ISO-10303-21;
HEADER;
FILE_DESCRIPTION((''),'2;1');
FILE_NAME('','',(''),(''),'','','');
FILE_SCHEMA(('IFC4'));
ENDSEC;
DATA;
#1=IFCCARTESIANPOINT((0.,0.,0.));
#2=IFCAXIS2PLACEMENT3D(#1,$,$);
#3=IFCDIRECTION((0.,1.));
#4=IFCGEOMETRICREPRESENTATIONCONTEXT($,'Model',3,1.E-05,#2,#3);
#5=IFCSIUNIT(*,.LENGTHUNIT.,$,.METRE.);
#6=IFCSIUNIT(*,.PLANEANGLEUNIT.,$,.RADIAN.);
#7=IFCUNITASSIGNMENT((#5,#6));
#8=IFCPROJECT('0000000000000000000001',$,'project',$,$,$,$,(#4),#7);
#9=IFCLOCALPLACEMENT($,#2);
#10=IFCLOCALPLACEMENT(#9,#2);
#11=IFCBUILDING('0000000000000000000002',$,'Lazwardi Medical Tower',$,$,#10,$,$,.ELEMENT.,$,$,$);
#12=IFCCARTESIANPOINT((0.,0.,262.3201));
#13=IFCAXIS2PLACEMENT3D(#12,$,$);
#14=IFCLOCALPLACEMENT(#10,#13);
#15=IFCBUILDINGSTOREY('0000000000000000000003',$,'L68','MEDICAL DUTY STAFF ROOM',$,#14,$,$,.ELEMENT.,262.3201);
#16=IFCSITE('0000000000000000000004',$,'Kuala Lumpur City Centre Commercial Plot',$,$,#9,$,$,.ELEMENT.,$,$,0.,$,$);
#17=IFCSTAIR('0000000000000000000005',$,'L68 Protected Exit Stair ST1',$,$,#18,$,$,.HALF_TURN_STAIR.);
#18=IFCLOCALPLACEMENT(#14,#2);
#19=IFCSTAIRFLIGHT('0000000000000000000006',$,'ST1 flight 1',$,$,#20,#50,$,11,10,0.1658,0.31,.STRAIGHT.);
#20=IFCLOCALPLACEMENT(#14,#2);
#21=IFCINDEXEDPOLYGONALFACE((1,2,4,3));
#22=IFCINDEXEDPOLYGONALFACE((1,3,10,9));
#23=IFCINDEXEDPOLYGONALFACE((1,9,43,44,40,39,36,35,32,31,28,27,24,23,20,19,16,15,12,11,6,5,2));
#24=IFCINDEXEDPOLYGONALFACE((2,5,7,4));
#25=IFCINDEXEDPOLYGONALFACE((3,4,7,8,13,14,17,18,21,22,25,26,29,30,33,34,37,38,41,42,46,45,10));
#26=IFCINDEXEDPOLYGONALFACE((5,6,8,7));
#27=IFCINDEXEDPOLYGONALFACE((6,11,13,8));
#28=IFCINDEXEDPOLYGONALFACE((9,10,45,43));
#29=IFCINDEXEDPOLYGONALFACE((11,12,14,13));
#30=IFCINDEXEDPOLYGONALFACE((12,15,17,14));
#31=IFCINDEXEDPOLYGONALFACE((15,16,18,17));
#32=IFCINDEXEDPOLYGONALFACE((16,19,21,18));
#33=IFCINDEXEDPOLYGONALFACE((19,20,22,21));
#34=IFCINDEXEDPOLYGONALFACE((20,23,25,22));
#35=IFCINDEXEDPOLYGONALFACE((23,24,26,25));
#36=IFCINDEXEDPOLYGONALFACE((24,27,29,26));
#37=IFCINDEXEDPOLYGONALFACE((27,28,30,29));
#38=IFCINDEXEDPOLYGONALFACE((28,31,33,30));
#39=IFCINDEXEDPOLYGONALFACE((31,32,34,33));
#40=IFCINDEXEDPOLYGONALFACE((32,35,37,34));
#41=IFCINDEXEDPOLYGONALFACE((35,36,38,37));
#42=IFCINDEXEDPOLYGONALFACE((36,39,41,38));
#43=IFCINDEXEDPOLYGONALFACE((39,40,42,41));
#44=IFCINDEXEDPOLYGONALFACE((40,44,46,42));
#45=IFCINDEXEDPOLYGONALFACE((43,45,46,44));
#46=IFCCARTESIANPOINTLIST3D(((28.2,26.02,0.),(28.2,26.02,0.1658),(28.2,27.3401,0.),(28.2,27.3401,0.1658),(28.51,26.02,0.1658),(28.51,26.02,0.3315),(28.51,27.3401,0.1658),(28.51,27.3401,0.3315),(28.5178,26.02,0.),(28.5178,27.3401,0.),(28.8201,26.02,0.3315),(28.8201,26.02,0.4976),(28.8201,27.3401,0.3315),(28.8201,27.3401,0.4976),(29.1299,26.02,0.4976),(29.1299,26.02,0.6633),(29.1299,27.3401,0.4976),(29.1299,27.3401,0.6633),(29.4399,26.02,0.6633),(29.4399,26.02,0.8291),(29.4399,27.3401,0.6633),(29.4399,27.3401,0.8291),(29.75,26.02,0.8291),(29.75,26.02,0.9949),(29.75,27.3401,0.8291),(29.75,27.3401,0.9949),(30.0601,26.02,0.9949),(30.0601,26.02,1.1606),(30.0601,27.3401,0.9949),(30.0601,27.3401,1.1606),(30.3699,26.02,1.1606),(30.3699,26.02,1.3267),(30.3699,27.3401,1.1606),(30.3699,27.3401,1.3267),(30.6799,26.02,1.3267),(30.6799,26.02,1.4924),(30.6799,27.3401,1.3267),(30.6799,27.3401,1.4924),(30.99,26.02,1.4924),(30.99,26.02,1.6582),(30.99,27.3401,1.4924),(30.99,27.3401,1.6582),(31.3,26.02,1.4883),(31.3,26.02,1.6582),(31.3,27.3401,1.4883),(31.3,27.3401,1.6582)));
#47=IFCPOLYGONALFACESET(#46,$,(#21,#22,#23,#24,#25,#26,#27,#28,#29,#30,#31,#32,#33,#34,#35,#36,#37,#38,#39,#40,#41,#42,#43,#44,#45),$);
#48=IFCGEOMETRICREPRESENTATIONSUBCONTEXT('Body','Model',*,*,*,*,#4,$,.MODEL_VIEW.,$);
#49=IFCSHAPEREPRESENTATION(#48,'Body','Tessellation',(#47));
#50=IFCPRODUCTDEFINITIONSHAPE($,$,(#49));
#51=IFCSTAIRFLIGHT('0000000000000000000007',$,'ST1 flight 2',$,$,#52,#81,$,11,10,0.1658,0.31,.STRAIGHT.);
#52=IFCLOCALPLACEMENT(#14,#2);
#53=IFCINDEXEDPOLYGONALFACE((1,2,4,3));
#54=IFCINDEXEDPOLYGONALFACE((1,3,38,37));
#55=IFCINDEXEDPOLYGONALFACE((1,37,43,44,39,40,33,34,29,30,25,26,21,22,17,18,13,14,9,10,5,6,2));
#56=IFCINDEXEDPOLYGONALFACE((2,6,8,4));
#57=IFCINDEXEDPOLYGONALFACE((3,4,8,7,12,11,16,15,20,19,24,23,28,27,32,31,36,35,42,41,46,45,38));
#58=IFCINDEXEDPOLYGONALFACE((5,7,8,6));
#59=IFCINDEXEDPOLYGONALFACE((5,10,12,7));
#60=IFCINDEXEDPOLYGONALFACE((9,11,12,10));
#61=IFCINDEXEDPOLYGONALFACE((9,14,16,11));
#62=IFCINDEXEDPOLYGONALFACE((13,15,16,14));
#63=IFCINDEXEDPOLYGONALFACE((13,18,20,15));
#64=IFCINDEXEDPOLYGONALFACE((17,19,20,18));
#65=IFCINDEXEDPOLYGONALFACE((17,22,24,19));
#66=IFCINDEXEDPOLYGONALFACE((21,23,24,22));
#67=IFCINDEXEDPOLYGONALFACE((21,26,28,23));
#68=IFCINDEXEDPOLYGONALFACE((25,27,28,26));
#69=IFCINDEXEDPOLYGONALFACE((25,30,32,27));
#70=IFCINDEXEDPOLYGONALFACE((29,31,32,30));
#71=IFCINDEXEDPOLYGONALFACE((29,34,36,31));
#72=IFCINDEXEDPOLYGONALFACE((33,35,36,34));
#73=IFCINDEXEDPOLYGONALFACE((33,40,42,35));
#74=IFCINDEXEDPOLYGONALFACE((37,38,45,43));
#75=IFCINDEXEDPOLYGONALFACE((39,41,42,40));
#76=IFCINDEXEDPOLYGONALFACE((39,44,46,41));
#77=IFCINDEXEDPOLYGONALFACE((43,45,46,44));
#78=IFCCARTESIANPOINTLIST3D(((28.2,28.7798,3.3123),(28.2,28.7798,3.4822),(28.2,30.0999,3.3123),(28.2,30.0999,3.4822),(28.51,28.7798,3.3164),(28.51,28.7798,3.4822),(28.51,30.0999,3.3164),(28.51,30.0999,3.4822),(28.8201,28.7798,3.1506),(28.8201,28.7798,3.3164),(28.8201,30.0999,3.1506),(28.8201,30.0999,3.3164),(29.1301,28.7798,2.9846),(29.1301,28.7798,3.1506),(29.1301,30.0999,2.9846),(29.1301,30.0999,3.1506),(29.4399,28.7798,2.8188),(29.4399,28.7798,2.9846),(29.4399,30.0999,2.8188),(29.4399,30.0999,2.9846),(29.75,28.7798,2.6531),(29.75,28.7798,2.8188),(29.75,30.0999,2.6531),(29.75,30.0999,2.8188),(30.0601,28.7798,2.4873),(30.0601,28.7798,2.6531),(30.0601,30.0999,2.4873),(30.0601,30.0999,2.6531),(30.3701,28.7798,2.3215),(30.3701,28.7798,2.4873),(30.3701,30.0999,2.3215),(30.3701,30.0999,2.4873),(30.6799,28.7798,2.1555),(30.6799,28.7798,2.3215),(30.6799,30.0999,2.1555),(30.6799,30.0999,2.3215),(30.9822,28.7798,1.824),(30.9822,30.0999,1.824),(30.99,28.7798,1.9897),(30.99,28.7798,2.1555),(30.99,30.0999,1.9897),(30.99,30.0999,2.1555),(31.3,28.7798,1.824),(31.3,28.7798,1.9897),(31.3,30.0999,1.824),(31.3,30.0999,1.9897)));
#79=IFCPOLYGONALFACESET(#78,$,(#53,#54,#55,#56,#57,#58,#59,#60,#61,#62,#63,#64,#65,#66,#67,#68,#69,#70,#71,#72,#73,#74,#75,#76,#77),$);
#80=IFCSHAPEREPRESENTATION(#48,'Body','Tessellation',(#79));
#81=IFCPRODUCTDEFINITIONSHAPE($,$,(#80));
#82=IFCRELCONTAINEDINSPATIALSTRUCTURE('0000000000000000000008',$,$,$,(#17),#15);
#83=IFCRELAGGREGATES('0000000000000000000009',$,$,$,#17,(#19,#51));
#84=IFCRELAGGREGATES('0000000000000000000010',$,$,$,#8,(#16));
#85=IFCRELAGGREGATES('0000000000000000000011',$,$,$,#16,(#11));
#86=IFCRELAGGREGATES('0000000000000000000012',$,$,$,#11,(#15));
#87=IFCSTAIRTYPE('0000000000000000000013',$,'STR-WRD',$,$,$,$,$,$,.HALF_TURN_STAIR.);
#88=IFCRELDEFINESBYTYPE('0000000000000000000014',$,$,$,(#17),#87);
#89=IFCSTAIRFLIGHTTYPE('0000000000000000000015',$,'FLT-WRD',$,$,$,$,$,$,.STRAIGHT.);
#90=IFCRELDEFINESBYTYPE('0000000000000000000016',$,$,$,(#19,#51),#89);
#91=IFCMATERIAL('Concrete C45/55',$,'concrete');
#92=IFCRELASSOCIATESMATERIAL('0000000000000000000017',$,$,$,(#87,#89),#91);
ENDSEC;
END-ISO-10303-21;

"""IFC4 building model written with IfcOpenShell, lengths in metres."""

from ifc_helpers import new_model, si_unit, direction, frame, origin, place, context, subcontext, project, spatial, polyline, outline, extrude, material, type_object, element, aggregate, save


model = new_model("IFC4")

# Units and contexts
model_context = context("Model", 3, precision=1e-05, world=origin(), true_north=direction((0.0, 1.0)))
body_context = subcontext(model_context, "Body", "Model", "MODEL_VIEW")
ifc_project = project(units=[si_unit("LENGTHUNIT", "METRE"), si_unit("PLANEANGLEUNIT", "RADIAN")], contexts=[model_context])

# Site, building, storey
site_placement = place(None, origin())
site = spatial("IfcSite", under=ifc_project, at=site_placement, Name="Kuala Lumpur City Centre Commercial Plot", CompositionType="ELEMENT", RefElevation=0.0)
building_placement = place(site_placement, origin())
building = spatial("IfcBuilding", under=site, at=building_placement, Name="Lazwardi Medical Tower", CompositionType="ELEMENT")
storey_placement = place(building_placement, frame((0.0, 0.0, 262.3201)))
storey = spatial("IfcBuildingStorey", under=building, at=storey_placement, Name="L68", Description="MEDICAL DUTY STAFF ROOM", CompositionType="ELEMENT", Elevation=262.3201)

# Stair, stair flights
ifc_material_1 = material(Name="Concrete C45/55", Category="concrete")
stair_type = type_object("IfcStairType", Name="STR-WRD", PredefinedType="HALF_TURN_STAIR", material=ifc_material_1)
stair_placement = place(storey_placement, origin())
stair = element("IfcStair", 1, at=stair_placement, inside=storey, type_object=stair_type, Name="L68 Protected Exit Stair ST1", PredefinedType="HALF_TURN_STAIR")
stair_flight_type = type_object("IfcStairFlightType", Name="FLT-WRD", PredefinedType="STRAIGHT", material=ifc_material_1)
stair_flight_1_placement = place(storey_placement, frame((28.2, 26.6799, 0.0), z_axis=(0.0, 0.0, 1.0), x_axis=(1.0, 0.0, 0.0)))
stair_flight_1 = element("IfcStairFlight", 2, at=stair_flight_1_placement, type_object=stair_flight_type, Name="ST1 flight 1", NumberOfRisers=11, NumberOfTreads=10, PredefinedType="STRAIGHT", RiserHeight=0.1658, TreadLength=0.31, context=body_context, shape_type="SweptSolid", body=[
    extrude(outline(polyline([(0.0, 0.0), (0.0, 0.1658), (0.3101, 0.1658), (0.3101, 0.3315), (0.6201, 0.3315), (0.6201, 0.4976), (0.9299, 0.4976), (0.9299, 0.6633), (1.24, 0.6633), (1.24, 0.8291), (1.55, 0.8291), (1.55, 0.9949), (1.8601, 0.9949), (1.8601, 1.1606), (2.1699, 1.1606), (2.1699, 1.3267), (2.48, 1.3267), (2.48, 1.4924), (2.79, 1.4924), (2.79, 1.6582), (3.1001, 1.6582), (3.1001, 1.824), (3.1001, 1.4883), (0.3179, 0.0), (0.0, 0.0)])), frame((0.0, 0.6602, 0.0), z_axis=(0.0, -1.0, 0.0), x_axis=(1.0, 0.0, 0.0)), (0.0, 0.0, 1.0), 1.3201),
])
stair_flight_2_placement = place(storey_placement, frame((31.3, 29.4399, 1.824), z_axis=(0.0, 0.0, 1.0), x_axis=(-1.0, 0.0, 0.0)))
stair_flight_2 = element("IfcStairFlight", 3, at=stair_flight_2_placement, type_object=stair_flight_type, Name="ST1 flight 2", NumberOfRisers=11, NumberOfTreads=10, PredefinedType="STRAIGHT", RiserHeight=0.1658, TreadLength=0.31, context=body_context, shape_type="SweptSolid", body=[
    extrude(outline(polyline([(0.0, 0.0), (0.0, 0.1658), (0.3101, 0.1658), (0.3101, 0.3315), (0.6201, 0.3315), (0.6201, 0.4976), (0.9299, 0.4976), (0.9299, 0.6633), (1.24, 0.6633), (1.24, 0.8291), (1.55, 0.8291), (1.55, 0.9949), (1.8601, 0.9949), (1.8601, 1.1606), (2.1699, 1.1606), (2.1699, 1.3267), (2.48, 1.3267), (2.48, 1.4924), (2.79, 1.4924), (2.79, 1.6582), (3.1001, 1.6582), (3.1001, 1.824), (3.1001, 1.4883), (0.3179, 0.0), (0.0, 0.0)])), frame((0.0, 0.6602, 0.0), z_axis=(0.0, -1.0, 0.0), x_axis=(1.0, 0.0, 0.0)), (0.0, 0.0, 1.0), 1.3201),
])
aggregate(stair, [stair_flight_1, stair_flight_2])

save(model, "model.ifc")
